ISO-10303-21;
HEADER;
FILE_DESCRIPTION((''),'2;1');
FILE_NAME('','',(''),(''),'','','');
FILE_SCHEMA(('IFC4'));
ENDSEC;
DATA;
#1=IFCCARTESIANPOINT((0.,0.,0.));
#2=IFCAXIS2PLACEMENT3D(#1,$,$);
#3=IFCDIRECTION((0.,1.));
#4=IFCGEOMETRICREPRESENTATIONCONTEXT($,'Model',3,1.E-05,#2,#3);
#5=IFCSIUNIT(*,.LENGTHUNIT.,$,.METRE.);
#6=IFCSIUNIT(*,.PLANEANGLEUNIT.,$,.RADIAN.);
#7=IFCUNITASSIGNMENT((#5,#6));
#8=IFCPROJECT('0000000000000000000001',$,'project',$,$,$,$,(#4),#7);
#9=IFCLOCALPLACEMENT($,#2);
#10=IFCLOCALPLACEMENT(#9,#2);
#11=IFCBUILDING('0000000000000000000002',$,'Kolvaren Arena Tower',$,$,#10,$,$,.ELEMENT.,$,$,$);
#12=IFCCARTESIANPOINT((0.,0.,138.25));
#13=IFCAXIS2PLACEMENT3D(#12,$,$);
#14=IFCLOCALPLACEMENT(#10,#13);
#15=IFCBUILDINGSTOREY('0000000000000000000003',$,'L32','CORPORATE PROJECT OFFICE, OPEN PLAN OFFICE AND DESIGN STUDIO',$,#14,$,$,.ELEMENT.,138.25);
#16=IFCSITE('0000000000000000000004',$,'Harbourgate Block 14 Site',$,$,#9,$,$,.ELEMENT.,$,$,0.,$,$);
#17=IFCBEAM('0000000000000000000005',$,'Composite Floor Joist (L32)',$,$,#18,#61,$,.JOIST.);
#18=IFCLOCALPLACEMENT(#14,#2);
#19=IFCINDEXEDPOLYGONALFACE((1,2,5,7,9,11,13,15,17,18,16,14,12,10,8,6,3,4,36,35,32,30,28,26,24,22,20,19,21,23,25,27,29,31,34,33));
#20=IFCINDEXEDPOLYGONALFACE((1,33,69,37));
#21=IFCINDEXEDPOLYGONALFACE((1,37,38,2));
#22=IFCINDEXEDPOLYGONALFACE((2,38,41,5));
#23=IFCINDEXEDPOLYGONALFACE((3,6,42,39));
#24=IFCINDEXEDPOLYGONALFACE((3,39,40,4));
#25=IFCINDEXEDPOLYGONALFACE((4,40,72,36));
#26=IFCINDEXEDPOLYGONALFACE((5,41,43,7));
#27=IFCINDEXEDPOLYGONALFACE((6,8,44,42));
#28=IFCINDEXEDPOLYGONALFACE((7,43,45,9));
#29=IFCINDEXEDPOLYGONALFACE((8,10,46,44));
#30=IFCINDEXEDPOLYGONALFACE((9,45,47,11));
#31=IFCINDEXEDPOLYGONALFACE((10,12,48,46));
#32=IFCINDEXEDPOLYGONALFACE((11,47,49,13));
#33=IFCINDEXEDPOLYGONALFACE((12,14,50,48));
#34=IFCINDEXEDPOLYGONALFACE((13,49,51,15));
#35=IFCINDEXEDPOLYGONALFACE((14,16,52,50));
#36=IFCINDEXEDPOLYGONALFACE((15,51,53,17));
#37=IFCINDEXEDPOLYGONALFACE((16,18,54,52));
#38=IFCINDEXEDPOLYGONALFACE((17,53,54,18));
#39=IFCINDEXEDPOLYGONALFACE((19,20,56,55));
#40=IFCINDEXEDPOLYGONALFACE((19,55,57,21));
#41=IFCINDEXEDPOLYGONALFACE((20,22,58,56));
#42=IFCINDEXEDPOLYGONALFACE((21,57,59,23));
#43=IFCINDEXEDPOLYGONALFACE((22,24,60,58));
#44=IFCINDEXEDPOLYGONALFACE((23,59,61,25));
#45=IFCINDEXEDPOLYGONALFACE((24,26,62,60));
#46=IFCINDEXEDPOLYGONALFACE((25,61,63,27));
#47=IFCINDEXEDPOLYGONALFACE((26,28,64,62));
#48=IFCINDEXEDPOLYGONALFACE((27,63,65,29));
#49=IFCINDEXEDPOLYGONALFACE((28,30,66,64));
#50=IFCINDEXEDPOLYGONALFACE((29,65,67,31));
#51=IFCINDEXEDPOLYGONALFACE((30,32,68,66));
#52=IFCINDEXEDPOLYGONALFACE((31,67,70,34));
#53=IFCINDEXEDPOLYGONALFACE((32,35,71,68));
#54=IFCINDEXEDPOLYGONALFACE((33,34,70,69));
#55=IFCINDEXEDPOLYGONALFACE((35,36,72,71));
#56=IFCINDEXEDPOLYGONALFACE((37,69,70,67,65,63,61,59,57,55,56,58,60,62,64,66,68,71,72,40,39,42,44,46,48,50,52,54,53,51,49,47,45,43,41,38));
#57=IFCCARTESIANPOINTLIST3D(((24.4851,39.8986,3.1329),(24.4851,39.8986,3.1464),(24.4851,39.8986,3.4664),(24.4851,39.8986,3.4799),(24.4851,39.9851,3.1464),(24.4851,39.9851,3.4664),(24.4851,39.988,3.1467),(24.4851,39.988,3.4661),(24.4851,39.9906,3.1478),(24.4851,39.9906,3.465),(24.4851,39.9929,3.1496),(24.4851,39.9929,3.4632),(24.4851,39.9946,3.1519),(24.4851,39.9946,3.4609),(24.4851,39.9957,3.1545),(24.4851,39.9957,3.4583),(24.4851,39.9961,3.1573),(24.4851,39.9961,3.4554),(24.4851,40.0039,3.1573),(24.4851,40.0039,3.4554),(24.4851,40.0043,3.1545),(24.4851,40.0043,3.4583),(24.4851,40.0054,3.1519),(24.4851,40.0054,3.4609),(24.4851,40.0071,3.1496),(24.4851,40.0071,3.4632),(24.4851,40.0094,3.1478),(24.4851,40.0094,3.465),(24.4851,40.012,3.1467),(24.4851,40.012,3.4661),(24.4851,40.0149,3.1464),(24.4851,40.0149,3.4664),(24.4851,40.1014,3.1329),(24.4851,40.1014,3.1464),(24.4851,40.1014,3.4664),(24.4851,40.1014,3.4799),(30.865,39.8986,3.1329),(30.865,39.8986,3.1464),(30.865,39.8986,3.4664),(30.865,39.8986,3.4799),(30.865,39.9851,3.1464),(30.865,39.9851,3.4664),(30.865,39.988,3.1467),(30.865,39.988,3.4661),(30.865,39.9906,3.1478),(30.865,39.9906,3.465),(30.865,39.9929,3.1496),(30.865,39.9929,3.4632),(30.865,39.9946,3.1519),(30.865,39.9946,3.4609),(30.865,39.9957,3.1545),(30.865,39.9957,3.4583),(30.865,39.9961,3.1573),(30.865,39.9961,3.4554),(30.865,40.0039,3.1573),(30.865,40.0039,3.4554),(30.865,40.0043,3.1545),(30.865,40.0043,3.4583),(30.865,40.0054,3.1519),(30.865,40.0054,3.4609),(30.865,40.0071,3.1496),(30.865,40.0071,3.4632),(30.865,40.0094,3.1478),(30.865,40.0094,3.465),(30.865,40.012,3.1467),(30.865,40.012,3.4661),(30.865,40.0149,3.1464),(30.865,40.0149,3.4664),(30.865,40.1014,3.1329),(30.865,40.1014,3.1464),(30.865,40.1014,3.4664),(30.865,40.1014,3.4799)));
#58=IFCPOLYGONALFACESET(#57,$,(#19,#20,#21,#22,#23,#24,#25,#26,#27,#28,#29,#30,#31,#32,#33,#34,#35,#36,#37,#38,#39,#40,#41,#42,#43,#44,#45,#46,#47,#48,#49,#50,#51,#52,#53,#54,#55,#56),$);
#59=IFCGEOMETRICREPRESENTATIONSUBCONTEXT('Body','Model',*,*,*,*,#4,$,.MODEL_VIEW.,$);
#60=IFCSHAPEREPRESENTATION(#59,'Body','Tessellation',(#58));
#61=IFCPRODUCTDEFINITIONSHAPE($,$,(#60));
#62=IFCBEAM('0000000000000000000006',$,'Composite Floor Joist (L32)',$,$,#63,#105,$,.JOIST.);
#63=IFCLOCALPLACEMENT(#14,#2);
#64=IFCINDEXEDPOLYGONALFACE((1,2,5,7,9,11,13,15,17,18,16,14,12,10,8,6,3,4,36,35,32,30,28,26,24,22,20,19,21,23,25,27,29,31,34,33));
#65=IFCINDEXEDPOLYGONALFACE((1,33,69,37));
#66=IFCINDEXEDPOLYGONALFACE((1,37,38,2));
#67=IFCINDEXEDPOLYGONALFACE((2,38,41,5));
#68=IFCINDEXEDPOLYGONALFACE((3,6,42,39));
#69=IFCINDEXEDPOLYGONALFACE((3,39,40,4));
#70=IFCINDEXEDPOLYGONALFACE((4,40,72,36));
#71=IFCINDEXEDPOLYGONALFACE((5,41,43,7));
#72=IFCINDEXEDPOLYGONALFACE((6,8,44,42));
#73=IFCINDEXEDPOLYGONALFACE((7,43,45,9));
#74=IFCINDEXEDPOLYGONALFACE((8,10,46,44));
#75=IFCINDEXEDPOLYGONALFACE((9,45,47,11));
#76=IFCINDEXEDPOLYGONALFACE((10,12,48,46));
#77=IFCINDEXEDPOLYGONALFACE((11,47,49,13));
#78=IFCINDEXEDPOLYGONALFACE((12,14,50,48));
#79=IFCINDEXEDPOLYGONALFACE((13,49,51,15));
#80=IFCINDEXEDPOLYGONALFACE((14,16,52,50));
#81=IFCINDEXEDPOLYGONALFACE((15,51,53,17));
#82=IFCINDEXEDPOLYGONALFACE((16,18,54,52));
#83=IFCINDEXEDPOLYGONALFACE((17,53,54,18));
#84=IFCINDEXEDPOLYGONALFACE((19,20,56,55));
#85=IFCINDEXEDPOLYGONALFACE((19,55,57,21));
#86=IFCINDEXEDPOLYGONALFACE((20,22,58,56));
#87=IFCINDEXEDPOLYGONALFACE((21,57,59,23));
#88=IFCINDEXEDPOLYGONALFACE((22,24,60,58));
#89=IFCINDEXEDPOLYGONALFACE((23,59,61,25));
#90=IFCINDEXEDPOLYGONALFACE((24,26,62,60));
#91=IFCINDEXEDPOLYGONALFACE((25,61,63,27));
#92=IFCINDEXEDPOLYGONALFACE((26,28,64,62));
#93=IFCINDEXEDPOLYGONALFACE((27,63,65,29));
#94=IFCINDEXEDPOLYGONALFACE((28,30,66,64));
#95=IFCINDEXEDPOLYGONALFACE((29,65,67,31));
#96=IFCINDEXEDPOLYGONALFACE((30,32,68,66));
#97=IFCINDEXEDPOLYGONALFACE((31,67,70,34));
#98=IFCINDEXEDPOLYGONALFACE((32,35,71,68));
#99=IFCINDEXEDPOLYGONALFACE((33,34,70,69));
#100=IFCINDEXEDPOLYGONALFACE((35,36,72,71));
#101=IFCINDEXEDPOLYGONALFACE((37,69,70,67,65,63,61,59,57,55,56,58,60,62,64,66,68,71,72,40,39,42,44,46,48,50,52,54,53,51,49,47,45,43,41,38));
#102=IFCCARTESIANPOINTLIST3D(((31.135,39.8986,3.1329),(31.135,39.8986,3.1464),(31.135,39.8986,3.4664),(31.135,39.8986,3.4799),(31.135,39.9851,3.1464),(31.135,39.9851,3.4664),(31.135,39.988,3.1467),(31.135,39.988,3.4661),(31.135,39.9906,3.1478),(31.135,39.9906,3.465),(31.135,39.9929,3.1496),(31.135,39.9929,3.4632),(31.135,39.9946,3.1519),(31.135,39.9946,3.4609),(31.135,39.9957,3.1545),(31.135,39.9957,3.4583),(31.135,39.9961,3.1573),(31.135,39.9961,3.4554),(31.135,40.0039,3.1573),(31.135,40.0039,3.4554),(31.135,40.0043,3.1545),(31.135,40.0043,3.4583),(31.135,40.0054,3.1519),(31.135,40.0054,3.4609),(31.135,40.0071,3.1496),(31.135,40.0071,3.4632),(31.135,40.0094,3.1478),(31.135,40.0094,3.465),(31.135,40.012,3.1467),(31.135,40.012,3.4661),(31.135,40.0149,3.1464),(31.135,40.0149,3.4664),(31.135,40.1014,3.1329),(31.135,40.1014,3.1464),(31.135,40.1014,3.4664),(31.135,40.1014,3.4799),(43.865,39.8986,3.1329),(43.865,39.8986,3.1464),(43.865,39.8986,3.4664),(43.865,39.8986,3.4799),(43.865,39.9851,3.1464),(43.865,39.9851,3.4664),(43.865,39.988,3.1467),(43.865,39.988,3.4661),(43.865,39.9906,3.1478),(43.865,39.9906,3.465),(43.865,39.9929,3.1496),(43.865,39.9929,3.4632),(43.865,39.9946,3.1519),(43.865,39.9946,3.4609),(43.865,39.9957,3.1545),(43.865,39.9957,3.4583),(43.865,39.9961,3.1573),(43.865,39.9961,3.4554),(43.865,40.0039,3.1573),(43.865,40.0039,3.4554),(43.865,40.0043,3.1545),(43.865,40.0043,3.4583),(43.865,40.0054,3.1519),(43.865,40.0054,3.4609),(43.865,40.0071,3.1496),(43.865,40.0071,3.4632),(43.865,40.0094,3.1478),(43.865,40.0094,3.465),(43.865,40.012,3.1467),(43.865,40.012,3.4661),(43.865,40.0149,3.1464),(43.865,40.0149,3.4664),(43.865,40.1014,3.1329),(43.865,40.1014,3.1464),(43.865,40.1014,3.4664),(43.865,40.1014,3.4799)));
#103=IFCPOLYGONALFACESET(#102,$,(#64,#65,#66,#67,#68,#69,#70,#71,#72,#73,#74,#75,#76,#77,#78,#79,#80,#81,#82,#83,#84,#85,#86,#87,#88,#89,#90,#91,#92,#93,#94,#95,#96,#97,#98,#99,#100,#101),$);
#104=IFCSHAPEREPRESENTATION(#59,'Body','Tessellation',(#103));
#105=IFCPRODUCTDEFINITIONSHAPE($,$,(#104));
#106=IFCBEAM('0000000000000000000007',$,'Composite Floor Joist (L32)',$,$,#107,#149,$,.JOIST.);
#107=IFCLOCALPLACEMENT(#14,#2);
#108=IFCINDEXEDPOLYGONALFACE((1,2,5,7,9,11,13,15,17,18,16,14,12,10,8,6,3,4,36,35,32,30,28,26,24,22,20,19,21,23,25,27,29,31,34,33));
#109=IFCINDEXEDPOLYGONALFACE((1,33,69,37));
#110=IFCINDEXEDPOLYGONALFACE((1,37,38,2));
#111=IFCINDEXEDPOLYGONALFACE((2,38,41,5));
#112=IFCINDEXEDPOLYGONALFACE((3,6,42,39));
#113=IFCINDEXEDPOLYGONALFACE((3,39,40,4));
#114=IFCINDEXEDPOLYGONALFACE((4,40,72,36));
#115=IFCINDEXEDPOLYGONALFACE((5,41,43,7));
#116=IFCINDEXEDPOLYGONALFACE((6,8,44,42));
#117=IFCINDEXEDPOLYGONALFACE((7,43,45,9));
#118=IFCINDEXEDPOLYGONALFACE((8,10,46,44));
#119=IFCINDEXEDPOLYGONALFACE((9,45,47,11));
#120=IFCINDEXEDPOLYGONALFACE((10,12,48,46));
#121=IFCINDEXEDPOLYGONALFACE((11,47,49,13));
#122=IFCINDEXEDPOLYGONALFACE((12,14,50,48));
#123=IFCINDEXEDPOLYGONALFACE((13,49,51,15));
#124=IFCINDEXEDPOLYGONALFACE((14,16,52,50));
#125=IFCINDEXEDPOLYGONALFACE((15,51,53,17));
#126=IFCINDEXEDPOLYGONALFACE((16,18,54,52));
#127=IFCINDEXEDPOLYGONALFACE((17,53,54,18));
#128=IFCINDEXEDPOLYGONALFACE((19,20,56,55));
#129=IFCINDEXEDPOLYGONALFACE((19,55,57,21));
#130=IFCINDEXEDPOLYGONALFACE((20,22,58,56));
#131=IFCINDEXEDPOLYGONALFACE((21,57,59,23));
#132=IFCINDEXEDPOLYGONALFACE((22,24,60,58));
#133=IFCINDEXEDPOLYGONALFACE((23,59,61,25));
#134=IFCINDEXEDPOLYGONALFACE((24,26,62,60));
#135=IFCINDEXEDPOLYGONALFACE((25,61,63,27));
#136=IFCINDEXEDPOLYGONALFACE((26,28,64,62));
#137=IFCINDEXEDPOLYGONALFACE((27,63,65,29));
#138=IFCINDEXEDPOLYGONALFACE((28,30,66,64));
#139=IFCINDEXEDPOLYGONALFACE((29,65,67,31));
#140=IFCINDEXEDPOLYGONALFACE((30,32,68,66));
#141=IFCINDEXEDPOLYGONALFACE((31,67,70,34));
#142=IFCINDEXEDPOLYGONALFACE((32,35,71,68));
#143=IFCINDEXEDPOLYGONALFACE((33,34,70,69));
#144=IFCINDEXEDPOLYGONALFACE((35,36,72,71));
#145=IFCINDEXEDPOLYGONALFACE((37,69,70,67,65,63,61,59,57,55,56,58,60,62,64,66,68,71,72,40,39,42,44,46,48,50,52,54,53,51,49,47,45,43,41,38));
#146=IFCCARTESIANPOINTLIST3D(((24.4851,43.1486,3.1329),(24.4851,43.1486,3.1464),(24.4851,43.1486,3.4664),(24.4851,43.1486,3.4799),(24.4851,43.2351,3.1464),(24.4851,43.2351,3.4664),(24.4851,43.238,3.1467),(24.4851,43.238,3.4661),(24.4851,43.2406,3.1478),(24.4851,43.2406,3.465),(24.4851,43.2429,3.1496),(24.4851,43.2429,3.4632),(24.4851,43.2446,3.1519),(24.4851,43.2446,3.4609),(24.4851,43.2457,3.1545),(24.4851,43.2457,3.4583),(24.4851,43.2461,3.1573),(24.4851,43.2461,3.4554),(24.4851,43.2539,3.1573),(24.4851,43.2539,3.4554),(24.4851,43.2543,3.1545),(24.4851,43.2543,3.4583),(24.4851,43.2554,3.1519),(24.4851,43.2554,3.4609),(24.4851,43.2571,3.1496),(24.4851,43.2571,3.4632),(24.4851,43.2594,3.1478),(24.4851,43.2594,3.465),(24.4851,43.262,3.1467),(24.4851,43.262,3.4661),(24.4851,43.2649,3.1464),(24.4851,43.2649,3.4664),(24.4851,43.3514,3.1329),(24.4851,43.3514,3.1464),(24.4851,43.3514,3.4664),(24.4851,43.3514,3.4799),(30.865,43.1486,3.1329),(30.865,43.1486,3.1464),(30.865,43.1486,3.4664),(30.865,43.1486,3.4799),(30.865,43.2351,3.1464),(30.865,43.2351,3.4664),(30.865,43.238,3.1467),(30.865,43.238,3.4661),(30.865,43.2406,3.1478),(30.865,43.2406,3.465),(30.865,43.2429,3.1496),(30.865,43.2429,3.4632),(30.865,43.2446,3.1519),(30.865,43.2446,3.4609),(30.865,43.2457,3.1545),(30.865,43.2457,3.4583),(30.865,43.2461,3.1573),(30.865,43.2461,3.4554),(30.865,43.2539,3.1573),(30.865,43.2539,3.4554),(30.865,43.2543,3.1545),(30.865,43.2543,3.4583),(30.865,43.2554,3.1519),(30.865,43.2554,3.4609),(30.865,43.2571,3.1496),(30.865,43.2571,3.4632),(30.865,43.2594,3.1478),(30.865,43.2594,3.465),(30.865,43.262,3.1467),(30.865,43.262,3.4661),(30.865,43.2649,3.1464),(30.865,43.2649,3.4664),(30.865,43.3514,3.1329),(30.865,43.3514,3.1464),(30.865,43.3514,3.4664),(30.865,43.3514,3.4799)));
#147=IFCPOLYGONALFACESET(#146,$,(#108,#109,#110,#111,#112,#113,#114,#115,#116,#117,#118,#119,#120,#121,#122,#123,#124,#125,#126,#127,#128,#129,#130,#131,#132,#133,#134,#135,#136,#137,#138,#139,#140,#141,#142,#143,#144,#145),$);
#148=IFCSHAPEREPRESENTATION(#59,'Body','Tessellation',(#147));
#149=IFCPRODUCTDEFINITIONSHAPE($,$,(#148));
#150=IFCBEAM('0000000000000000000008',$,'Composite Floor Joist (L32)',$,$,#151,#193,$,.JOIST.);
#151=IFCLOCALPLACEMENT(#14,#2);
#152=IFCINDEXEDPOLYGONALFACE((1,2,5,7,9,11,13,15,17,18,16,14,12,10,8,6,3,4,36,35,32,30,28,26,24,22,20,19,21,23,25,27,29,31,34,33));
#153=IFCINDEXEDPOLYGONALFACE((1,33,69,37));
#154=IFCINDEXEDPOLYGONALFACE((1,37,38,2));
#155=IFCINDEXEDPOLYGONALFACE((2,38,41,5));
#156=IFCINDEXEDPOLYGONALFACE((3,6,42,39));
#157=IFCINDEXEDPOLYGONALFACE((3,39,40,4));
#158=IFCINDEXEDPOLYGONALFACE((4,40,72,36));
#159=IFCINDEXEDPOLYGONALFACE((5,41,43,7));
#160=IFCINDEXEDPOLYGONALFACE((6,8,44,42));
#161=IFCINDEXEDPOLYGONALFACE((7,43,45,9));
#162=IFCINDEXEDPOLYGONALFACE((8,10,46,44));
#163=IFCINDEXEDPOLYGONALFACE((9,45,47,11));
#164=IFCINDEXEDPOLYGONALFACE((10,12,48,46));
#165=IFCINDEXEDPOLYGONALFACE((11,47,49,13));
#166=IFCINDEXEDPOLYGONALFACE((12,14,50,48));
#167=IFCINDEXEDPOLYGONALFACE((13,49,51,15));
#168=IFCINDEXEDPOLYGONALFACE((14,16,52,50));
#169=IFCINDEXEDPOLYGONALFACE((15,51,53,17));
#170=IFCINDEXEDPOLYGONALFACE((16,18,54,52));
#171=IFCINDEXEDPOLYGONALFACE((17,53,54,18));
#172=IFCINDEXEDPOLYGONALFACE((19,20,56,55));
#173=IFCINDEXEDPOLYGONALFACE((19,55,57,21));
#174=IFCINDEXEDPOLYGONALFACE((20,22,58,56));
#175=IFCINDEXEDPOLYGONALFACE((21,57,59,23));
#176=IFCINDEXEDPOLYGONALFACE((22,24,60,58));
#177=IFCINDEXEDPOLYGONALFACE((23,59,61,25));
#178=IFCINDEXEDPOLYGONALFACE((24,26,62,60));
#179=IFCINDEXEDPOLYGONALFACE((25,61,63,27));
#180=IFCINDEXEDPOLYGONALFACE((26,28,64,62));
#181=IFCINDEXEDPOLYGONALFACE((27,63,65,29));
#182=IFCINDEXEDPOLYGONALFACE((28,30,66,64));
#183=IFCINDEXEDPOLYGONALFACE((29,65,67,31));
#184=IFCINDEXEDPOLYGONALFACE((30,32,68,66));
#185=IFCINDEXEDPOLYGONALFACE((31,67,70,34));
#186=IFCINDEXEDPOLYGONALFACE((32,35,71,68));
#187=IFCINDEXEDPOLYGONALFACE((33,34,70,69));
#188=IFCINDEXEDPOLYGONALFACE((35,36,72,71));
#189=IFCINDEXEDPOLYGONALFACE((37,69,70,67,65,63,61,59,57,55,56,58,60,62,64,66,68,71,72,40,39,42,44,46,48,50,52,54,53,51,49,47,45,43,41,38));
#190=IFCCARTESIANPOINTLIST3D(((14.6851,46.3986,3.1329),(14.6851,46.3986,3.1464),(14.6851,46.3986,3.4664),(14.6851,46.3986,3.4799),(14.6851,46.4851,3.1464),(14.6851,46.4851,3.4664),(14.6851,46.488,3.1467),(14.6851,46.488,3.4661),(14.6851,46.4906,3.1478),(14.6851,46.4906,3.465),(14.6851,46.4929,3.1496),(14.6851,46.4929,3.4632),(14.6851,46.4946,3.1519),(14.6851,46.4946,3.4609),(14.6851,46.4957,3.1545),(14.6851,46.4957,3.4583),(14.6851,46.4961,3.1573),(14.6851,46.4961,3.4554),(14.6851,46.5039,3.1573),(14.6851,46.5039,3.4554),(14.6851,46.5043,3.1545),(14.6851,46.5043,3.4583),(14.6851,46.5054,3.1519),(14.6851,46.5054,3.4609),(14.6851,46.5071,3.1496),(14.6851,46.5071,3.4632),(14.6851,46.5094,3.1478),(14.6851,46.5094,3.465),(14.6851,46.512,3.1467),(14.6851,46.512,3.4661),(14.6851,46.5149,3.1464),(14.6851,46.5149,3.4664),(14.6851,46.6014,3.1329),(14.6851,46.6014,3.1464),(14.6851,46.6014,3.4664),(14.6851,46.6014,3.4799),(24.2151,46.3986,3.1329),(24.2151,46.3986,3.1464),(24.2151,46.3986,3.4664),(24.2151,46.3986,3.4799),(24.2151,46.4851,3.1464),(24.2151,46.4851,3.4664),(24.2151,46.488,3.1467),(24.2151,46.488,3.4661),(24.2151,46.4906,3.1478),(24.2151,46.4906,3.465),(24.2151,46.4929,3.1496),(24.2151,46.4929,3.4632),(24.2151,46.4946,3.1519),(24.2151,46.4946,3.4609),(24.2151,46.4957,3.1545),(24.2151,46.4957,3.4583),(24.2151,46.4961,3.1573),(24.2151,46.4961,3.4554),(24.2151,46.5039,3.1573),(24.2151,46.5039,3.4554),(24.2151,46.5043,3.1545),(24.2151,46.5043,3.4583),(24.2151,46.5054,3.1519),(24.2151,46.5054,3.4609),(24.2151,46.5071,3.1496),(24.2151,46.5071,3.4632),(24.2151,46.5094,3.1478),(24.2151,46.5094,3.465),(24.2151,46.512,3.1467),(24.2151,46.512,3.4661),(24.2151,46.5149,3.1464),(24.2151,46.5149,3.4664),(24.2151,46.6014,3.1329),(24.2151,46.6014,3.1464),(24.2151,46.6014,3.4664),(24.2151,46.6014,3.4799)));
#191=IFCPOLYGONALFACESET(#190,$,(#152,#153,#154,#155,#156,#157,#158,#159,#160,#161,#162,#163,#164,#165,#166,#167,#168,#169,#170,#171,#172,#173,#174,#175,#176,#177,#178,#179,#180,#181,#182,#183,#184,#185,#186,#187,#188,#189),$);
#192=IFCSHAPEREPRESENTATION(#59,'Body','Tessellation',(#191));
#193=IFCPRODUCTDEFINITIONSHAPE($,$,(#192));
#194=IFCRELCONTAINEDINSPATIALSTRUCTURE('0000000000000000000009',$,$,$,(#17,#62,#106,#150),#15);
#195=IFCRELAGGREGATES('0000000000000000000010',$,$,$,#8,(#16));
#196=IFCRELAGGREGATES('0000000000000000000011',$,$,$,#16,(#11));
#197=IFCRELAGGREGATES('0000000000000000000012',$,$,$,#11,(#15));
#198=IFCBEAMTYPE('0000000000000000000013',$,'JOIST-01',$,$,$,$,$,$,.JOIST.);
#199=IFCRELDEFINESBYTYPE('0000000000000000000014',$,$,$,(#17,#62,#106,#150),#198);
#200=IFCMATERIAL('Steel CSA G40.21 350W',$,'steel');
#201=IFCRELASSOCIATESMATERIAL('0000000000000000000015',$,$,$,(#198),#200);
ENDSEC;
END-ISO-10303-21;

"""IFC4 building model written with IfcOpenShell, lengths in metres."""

from ifc_helpers import new_model, si_unit, direction, frame, origin, origin_2d, place, context, subcontext, project, spatial, i_section, extrude, material, material_profile, profile_set, type_object, element, save


model = new_model("IFC4")

# Units and contexts
model_context = context("Model", 3, precision=1e-05, world=origin(), true_north=direction((0.0, 1.0)))
body_context = subcontext(model_context, "Body", "Model", "MODEL_VIEW")
ifc_project = project(units=[si_unit("LENGTHUNIT", "METRE"), si_unit("PLANEANGLEUNIT", "RADIAN")], contexts=[model_context])

# Site, building, storey
site_placement = place(None, origin())
site = spatial("IfcSite", under=ifc_project, at=site_placement, Name="Harbourgate Block 14 Site", CompositionType="ELEMENT", RefElevation=0.0)
building_placement = place(site_placement, origin())
building = spatial("IfcBuilding", under=site, at=building_placement, Name="Kolvaren Arena Tower", CompositionType="ELEMENT")
storey_placement = place(building_placement, frame((0.0, 0.0, 138.25)))
storey = spatial("IfcBuildingStorey", under=building, at=storey_placement, Name="L32", Description="CORPORATE PROJECT OFFICE, OPEN PLAN OFFICE AND DESIGN STUDIO", CompositionType="ELEMENT", Elevation=138.25)

# Beams
ifc_material_1 = material(Name="Steel CSA G40.21 350W", Category="steel")
ifc_material_profile_1 = material_profile(ifc_material_1, i_section(OverallWidth=0.2029, OverallDepth=0.3469, WebThickness=0.0078, FlangeThickness=0.0134, FilletRadius=0.011, at=origin_2d()), Name="W360x64")
ifc_profile_set_1 = profile_set([ifc_material_profile_1], Name="Steel CSA G40.21 350W")
beam_type_1 = type_object("IfcBeamType", Name="JOIST-01", PredefinedType="JOIST", material=ifc_profile_set_1)
beam_1_placement = place(storey_placement, frame((24.4851, 40.0, 3.3064), z_axis=(1.0, 0.0, 0.0), x_axis=(0.0, 1.0, 0.0)))
element("IfcBeam", 1, at=beam_1_placement, inside=storey, type_object=beam_type_1, Name="Composite Floor Joist (L32)", PredefinedType="JOIST", context=body_context, shape_type="SweptSolid", body=[
    extrude(i_section(OverallWidth=0.2029, OverallDepth=0.3469, WebThickness=0.0078, FlangeThickness=0.0134, FilletRadius=0.011, at=origin_2d()), origin(), (0.0, 0.0, 1.0), 6.3799),
])
beam_2_placement = place(storey_placement, frame((31.135, 40.0, 3.3064), z_axis=(1.0, 0.0, 0.0), x_axis=(0.0, 1.0, 0.0)))
element("IfcBeam", 2, at=beam_2_placement, inside=storey, type_object=beam_type_1, Name="Composite Floor Joist (L32)", PredefinedType="JOIST", context=body_context, shape_type="SweptSolid", body=[
    extrude(i_section(OverallWidth=0.2029, OverallDepth=0.3469, WebThickness=0.0078, FlangeThickness=0.0134, FilletRadius=0.011, at=origin_2d()), origin(), (0.0, 0.0, 1.0), 12.73),
])
beam_3_placement = place(storey_placement, frame((24.4851, 43.25, 3.3064), z_axis=(1.0, 0.0, 0.0), x_axis=(0.0, 1.0, 0.0)))
element("IfcBeam", 3, at=beam_3_placement, inside=storey, type_object=beam_type_1, Name="Composite Floor Joist (L32)", PredefinedType="JOIST", context=body_context, shape_type="SweptSolid", body=[
    extrude(i_section(OverallWidth=0.2029, OverallDepth=0.3469, WebThickness=0.0078, FlangeThickness=0.0134, FilletRadius=0.011, at=origin_2d()), origin(), (0.0, 0.0, 1.0), 6.3799),
])
for number, where, z_axis, x_axis, name in (
    (4, (14.6851, 46.5, 3.3064), (1.0, 0.0, 0.0), (0.0, 1.0, 0.0), "Composite Floor Joist (L32)"),
):
    element("IfcBeam", number, at=place(storey_placement, frame(where, z_axis=z_axis, x_axis=x_axis)), inside=storey, type_object=beam_type_1, Name=name, PredefinedType="JOIST", context=body_context, shape_type="SweptSolid", body=[
        extrude(i_section(OverallWidth=0.2029, OverallDepth=0.3469, WebThickness=0.0078, FlangeThickness=0.0134, FilletRadius=0.011, at=origin_2d()), origin(), (0.0, 0.0, 1.0), 9.53),
    ])

save(model, "model.ifc")
